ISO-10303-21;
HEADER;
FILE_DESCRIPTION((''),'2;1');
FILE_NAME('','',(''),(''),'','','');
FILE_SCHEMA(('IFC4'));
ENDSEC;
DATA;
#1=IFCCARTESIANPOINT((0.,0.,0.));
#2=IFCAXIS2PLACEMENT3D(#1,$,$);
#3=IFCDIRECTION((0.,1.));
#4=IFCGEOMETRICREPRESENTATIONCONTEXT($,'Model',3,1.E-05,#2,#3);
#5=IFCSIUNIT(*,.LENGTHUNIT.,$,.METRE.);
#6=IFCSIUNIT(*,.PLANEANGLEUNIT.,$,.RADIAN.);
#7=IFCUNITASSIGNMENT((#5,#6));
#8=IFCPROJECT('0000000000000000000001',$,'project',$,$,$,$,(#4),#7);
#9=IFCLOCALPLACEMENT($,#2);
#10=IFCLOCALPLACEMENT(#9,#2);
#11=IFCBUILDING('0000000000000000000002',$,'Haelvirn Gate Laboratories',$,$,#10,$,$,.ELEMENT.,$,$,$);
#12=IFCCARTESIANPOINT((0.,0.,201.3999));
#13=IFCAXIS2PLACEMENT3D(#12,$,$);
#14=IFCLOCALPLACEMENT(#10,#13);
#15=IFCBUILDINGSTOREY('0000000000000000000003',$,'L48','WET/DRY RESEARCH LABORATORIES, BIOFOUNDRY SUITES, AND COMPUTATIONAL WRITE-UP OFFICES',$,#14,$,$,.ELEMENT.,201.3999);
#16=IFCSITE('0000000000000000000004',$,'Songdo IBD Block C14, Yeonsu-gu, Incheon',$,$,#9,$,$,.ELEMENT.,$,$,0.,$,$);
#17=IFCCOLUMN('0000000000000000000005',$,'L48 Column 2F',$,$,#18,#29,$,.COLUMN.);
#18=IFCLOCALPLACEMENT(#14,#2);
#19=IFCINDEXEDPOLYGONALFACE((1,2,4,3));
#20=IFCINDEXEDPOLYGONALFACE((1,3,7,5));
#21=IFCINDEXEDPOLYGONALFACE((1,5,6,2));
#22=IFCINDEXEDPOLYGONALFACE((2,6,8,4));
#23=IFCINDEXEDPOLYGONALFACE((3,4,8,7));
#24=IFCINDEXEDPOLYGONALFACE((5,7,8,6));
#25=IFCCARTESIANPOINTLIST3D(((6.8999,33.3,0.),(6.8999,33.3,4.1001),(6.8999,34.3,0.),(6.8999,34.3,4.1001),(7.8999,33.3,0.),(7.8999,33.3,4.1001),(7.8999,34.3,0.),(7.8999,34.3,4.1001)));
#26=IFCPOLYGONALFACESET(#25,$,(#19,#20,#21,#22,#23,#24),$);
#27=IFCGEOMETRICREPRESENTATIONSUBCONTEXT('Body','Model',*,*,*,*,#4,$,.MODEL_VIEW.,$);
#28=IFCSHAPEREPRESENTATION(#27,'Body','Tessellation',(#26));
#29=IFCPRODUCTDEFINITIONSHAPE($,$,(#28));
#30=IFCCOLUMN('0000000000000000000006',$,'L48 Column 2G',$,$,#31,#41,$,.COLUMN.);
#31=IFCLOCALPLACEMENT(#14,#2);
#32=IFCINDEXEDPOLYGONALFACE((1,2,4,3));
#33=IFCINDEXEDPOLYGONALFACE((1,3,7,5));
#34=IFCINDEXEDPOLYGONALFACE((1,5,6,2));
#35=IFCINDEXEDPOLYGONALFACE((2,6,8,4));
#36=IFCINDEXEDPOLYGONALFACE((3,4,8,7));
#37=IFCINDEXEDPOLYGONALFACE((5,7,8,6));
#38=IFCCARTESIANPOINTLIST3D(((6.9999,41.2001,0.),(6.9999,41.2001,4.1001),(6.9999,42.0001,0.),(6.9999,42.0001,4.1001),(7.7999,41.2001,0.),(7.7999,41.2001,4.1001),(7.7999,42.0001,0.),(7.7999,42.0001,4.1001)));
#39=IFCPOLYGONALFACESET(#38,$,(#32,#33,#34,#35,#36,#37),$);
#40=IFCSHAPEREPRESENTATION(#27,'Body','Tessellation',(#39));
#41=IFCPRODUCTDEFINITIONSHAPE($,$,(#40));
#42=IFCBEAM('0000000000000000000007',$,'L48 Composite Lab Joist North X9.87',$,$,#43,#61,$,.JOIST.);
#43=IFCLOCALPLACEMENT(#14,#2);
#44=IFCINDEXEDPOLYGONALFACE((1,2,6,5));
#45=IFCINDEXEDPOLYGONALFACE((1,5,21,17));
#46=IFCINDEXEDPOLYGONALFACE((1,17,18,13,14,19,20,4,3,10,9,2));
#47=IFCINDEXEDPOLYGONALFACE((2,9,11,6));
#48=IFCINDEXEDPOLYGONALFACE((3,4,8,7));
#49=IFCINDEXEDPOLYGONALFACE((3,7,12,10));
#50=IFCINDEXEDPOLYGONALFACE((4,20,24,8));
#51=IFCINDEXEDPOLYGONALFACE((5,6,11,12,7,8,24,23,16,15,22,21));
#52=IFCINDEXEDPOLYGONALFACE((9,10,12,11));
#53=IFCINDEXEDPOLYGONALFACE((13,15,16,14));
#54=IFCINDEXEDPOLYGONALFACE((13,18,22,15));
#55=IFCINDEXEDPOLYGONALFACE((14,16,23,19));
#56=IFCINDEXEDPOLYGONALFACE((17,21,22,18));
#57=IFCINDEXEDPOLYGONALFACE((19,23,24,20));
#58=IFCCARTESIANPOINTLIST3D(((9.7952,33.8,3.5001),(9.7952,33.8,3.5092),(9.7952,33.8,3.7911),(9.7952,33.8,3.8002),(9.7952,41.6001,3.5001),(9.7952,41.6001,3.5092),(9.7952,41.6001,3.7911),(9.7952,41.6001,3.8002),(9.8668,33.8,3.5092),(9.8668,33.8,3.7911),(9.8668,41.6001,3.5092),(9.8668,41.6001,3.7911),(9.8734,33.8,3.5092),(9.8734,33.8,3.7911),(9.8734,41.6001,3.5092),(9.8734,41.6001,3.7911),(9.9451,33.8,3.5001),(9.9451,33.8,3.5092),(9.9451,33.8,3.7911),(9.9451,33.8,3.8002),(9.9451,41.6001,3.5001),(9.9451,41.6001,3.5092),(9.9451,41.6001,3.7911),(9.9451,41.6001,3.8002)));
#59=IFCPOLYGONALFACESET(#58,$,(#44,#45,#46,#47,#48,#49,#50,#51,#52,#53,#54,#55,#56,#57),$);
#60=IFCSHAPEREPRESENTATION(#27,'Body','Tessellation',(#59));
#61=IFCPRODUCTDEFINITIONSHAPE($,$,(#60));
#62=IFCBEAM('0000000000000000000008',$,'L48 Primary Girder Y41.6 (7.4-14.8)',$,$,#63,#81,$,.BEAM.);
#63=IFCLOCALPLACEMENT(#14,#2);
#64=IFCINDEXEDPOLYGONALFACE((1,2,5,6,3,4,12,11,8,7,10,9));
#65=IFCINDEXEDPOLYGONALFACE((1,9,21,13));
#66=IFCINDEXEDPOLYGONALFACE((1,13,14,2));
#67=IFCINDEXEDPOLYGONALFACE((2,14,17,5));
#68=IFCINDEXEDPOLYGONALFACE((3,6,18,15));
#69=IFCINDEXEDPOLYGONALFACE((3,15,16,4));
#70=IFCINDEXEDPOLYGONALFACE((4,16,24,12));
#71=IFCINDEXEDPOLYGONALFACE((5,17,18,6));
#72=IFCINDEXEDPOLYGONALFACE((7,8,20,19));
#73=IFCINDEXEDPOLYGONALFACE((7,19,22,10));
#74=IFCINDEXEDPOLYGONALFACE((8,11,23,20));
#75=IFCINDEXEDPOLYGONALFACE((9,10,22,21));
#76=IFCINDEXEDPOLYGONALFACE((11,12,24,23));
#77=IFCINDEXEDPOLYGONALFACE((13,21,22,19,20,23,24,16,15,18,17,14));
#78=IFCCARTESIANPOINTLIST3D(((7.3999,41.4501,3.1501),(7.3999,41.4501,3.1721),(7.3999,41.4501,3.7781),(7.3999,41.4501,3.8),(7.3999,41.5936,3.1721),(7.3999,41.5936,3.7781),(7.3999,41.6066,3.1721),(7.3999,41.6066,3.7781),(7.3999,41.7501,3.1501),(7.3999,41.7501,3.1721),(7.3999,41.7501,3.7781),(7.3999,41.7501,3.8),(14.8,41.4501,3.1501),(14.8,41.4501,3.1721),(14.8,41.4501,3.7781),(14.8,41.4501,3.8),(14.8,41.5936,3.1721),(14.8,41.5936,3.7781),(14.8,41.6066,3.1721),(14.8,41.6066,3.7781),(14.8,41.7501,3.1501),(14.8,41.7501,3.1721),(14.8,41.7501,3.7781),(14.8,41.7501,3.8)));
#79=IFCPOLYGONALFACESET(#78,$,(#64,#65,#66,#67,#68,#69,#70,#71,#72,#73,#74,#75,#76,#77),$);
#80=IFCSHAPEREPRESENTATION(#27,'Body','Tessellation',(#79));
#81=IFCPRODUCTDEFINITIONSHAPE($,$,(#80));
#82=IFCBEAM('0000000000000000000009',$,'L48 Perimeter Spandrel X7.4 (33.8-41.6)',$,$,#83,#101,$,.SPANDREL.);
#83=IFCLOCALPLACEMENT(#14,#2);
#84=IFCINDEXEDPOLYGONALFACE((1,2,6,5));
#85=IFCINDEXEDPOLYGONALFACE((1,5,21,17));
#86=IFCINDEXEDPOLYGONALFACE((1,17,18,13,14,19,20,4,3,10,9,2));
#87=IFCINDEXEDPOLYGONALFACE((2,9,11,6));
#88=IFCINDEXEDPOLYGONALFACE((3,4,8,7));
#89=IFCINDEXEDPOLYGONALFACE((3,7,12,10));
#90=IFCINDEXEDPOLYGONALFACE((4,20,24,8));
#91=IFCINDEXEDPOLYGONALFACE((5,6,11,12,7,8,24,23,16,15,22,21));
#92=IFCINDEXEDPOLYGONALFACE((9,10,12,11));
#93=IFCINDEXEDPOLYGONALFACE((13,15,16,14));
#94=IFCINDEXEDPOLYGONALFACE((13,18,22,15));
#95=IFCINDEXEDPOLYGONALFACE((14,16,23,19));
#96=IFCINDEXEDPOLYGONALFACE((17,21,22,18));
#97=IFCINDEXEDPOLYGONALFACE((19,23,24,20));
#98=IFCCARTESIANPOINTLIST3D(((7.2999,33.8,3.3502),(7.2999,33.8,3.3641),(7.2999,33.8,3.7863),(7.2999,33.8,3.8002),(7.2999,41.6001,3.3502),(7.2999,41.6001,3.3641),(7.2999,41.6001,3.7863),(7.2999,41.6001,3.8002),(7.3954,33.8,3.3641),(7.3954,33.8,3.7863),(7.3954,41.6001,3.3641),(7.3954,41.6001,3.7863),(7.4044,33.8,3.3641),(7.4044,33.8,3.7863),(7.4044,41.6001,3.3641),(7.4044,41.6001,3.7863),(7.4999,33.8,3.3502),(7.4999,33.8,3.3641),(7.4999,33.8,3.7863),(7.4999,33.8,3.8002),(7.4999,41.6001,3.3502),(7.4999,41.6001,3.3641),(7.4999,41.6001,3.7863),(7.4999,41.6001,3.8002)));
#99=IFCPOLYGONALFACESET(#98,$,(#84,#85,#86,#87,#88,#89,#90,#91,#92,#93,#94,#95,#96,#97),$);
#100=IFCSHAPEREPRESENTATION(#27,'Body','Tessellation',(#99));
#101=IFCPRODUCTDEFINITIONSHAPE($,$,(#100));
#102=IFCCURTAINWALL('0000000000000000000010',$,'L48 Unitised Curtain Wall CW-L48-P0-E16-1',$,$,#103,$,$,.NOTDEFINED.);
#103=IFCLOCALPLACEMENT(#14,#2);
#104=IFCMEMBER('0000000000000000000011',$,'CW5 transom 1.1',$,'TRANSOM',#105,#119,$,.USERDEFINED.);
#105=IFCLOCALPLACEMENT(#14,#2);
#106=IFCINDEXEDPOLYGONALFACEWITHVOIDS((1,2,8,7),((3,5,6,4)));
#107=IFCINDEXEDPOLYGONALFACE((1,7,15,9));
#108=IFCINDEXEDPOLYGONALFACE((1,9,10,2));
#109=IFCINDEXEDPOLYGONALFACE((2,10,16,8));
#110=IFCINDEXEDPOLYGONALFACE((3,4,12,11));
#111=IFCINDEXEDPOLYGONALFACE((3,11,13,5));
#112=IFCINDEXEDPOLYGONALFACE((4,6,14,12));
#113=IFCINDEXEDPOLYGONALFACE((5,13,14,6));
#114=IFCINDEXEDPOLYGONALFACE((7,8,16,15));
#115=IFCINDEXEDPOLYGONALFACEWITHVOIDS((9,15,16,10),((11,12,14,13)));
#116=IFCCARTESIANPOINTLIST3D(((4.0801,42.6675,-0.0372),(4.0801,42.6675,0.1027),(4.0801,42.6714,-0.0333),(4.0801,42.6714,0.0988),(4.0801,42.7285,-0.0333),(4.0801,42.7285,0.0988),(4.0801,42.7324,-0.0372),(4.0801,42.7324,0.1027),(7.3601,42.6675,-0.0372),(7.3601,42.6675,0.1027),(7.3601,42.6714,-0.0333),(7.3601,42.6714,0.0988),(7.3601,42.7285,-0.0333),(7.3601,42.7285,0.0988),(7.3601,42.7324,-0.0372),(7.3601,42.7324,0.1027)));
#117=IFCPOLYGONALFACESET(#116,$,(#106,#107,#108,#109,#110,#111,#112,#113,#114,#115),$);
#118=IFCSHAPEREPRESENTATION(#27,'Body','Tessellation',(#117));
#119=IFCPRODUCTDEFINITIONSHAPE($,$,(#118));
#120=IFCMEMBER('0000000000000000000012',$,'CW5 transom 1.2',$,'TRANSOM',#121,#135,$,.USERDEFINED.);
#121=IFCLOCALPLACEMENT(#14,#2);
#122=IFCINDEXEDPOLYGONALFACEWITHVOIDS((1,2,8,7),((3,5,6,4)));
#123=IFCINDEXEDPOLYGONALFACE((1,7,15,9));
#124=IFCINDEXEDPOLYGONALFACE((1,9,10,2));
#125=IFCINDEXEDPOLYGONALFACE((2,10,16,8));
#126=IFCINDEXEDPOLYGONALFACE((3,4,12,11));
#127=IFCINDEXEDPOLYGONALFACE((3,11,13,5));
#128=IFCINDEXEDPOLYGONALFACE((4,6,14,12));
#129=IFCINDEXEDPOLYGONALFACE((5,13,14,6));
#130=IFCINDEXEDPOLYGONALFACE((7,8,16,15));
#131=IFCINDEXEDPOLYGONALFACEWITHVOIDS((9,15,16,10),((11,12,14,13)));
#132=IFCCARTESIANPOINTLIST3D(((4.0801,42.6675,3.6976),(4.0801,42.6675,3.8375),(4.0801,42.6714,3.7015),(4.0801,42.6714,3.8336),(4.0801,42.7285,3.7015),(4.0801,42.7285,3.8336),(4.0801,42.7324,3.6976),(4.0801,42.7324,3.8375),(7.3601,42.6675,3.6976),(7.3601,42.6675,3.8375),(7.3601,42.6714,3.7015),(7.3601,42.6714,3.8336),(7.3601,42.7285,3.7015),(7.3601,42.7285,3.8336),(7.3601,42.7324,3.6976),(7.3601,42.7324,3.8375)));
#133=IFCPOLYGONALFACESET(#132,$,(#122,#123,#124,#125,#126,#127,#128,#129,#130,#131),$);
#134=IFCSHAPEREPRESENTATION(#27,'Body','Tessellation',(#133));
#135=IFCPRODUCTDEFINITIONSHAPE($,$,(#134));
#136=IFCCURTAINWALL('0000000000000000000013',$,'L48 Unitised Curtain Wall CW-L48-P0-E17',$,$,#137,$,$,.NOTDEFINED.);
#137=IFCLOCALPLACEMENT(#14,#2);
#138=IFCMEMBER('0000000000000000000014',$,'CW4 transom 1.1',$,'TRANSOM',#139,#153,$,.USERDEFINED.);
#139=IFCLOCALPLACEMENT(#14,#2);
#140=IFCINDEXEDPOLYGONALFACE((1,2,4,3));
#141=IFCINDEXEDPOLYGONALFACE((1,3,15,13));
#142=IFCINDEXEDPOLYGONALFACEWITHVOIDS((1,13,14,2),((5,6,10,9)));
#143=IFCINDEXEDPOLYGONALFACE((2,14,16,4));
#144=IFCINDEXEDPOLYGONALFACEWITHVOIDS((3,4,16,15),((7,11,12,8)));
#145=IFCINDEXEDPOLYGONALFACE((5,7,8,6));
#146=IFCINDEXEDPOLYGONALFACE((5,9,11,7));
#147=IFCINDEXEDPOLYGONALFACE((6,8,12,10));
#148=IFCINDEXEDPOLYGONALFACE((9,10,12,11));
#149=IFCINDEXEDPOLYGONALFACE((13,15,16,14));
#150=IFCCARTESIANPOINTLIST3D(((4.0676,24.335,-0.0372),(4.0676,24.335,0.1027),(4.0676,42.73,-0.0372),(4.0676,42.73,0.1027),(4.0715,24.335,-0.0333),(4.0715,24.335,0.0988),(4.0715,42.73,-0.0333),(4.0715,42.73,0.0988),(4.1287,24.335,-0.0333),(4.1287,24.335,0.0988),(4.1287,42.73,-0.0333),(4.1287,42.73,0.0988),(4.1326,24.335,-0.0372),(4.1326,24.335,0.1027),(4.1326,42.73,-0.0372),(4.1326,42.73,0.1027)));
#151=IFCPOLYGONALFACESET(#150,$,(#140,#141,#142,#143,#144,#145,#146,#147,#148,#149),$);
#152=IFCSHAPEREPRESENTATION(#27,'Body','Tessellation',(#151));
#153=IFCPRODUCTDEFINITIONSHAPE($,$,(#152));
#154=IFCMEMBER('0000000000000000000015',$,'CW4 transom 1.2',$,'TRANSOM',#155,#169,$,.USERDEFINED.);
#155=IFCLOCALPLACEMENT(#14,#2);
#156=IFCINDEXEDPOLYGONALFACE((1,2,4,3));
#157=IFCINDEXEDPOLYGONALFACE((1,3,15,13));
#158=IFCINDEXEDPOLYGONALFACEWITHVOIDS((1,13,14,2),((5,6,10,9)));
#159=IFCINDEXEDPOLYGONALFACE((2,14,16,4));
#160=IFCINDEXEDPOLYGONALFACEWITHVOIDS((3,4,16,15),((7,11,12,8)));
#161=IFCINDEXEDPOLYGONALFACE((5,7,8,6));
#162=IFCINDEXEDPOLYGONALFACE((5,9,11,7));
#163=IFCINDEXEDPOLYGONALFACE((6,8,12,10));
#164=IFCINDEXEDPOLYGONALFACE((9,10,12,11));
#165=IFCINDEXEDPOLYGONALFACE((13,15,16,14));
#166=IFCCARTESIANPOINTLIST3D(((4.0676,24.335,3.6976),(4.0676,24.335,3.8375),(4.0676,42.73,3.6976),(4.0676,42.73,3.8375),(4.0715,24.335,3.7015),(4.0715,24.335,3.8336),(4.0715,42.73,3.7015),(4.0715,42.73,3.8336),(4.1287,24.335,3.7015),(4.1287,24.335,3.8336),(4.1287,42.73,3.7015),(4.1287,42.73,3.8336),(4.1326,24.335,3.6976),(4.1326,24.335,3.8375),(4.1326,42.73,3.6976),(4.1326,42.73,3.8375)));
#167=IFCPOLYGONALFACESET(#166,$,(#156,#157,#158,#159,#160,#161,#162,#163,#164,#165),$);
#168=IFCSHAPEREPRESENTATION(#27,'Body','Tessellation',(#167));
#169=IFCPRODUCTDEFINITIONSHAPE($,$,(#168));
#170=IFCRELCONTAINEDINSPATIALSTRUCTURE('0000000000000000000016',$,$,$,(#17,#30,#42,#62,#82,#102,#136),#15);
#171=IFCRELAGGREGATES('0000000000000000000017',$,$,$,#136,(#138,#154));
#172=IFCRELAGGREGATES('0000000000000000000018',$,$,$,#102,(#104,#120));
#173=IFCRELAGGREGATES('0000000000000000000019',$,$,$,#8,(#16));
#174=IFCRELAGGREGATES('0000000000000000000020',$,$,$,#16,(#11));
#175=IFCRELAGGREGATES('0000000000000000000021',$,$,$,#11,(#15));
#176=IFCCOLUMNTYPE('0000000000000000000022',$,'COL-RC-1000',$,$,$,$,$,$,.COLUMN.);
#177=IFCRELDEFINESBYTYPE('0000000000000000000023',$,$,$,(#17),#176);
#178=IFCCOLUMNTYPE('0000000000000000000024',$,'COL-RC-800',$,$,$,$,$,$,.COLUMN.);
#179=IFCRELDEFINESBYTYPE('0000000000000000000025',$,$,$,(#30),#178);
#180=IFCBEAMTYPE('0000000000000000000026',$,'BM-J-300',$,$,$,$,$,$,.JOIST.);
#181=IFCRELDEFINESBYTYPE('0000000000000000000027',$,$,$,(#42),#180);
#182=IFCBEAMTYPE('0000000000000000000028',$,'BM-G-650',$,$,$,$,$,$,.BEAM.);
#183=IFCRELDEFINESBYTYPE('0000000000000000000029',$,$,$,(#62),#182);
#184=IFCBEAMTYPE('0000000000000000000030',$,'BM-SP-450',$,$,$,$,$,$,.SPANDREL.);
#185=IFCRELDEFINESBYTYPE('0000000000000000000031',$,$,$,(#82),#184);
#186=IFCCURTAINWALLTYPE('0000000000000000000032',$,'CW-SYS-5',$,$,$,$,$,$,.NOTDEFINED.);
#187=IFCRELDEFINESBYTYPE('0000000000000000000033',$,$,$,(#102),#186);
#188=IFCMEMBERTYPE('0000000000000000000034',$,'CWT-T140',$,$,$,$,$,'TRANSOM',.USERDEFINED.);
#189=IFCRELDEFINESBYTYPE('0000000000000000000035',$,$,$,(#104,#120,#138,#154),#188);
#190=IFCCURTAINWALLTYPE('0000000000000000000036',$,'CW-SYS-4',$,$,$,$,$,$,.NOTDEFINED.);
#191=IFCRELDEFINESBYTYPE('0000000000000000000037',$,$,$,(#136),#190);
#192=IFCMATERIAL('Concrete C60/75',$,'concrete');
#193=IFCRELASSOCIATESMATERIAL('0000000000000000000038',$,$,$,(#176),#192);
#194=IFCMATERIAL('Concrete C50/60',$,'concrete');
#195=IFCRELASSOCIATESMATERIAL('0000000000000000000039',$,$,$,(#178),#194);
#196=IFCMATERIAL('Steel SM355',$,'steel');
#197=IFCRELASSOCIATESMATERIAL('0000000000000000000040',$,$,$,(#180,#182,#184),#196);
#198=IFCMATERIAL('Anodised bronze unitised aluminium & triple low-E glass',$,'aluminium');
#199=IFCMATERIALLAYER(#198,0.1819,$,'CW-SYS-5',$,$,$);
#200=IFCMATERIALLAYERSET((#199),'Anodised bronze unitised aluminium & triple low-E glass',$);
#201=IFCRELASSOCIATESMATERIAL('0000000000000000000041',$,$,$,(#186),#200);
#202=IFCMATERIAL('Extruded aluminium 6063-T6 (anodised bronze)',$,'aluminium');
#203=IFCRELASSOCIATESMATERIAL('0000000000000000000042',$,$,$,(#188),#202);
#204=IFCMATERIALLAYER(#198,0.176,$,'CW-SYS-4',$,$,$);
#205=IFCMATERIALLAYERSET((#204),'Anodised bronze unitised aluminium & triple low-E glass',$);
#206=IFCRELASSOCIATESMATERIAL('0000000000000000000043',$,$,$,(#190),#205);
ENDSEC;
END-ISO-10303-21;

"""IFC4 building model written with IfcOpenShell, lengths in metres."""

from ifc_helpers import new_model, si_unit, direction, frame, origin, origin_2d, place, context, subcontext, project, spatial, rectangle, hollow_rectangle, i_section, extrude, source, transform, mapped, material, layer, layer_set, material_profile, profile_set, type_object, type_shapes, element, aggregate, save


model = new_model("IFC4")

# Units and contexts
model_context = context("Model", 3, precision=1e-05, world=origin(), true_north=direction((0.0, 1.0)))
body_context = subcontext(model_context, "Body", "Model", "MODEL_VIEW")
ifc_project = project(units=[si_unit("LENGTHUNIT", "METRE"), si_unit("PLANEANGLEUNIT", "RADIAN")], contexts=[model_context])

# Site, building, storey
site_placement = place(None, origin())
site = spatial("IfcSite", under=ifc_project, at=site_placement, Name="Songdo IBD Block C14, Yeonsu-gu, Incheon", CompositionType="ELEMENT", RefElevation=0.0)
building_placement = place(site_placement, origin())
building = spatial("IfcBuilding", under=site, at=building_placement, Name="Haelvirn Gate Laboratories", CompositionType="ELEMENT")
storey_placement = place(building_placement, frame((0.0, 0.0, 201.3999)))
storey = spatial("IfcBuildingStorey", under=building, at=storey_placement, Name="L48", Description="WET/DRY RESEARCH LABORATORIES, BIOFOUNDRY SUITES, AND COMPUTATIONAL WRITE-UP OFFICES", CompositionType="ELEMENT", Elevation=201.3999)

# Columns
ifc_material_1 = material(Name="Concrete C60/75", Category="concrete")
ifc_material_profile_1 = material_profile(ifc_material_1, rectangle(XDim=1.0, YDim=1.0, at=origin_2d()), Name="RC-1000x1000")
ifc_profile_set_1 = profile_set([ifc_material_profile_1], Name="Concrete C60/75")
column_type_1 = type_object("IfcColumnType", Name="COL-RC-1000", PredefinedType="COLUMN", material=ifc_profile_set_1)
shared_shape_1 = source(origin(), body_context, "Body", "SweptSolid", [
    extrude(rectangle(XDim=1.0, YDim=1.0, at=origin_2d()), origin(), (0.0, 0.0, 1.0), 4.1001),
])
type_shapes(column_type_1, [shared_shape_1])
column_1_placement = place(storey_placement, frame((7.3999, 33.8, 0.0), z_axis=(0.0, 0.0, 1.0), x_axis=(1.0, 0.0, 0.0)))
element("IfcColumn", 1, at=column_1_placement, inside=storey, type_object=column_type_1, Name="L48 Column 2F", PredefinedType="COLUMN", context=body_context, shape_type="MappedRepresentation", body=[
    mapped(shared_shape_1, transform((0.0, 0.0, 0.0), scale=1.0)),
])
ifc_material_2 = material(Name="Concrete C50/60", Category="concrete")
ifc_material_profile_2 = material_profile(ifc_material_2, rectangle(XDim=0.8, YDim=0.8, at=origin_2d()), Name="RC-800x800")
ifc_profile_set_2 = profile_set([ifc_material_profile_2], Name="Concrete C50/60")
column_type_2 = type_object("IfcColumnType", Name="COL-RC-800", PredefinedType="COLUMN", material=ifc_profile_set_2)
shared_shape_2 = source(origin(), body_context, "Body", "SweptSolid", [
    extrude(rectangle(XDim=0.8, YDim=0.8, at=origin_2d()), origin(), (0.0, 0.0, 1.0), 4.1001),
])
type_shapes(column_type_2, [shared_shape_2])
column_2_placement = place(storey_placement, frame((7.3999, 41.6001, 0.0), z_axis=(0.0, 0.0, 1.0), x_axis=(1.0, 0.0, 0.0)))
element("IfcColumn", 2, at=column_2_placement, inside=storey, type_object=column_type_2, Name="L48 Column 2G", PredefinedType="COLUMN", context=body_context, shape_type="MappedRepresentation", body=[
    mapped(shared_shape_2, transform((0.0, 0.0, 0.0), scale=1.0)),
])

# Beams
ifc_material_3 = material(Name="Steel SM355", Category="steel")
ifc_material_profile_3 = material_profile(ifc_material_3, i_section(OverallWidth=0.1499, OverallDepth=0.3, WebThickness=0.0066, FlangeThickness=0.009, at=origin_2d()), Name="H-300x150x6.5x9")
ifc_profile_set_3 = profile_set([ifc_material_profile_3], Name="Steel SM355")
beam_type_1 = type_object("IfcBeamType", Name="BM-J-300", PredefinedType="JOIST", material=ifc_profile_set_3)
shared_shape_3 = source(origin(), body_context, "Body", "SweptSolid", [
    extrude(i_section(OverallWidth=0.1499, OverallDepth=0.3, WebThickness=0.0066, FlangeThickness=0.009, at=origin_2d()), origin(), (0.0, 0.0, 1.0), 7.8),
])
type_shapes(beam_type_1, [shared_shape_3])
beam_1_placement = place(storey_placement, frame((9.8701, 33.8, 3.6501), z_axis=(0.0, 1.0, 0.0), x_axis=(-1.0, 0.0, 0.0)))
element("IfcBeam", 3, at=beam_1_placement, inside=storey, type_object=beam_type_1, Name="L48 Composite Lab Joist North X9.87", PredefinedType="JOIST", context=body_context, shape_type="MappedRepresentation", body=[
    mapped(shared_shape_3, transform((0.0, 0.0, 0.0), scale=1.0)),
])
ifc_material_profile_4 = material_profile(ifc_material_3, i_section(OverallWidth=0.3, OverallDepth=0.6499, WebThickness=0.0129, FlangeThickness=0.022, at=origin_2d()), Name="H-650x300x13x22")
ifc_profile_set_4 = profile_set([ifc_material_profile_4], Name="Steel SM355")
beam_type_2 = type_object("IfcBeamType", Name="BM-G-650", PredefinedType="BEAM", material=ifc_profile_set_4)
shared_shape_4 = source(origin(), body_context, "Body", "SweptSolid", [
    extrude(i_section(OverallWidth=0.3, OverallDepth=0.6499, WebThickness=0.0129, FlangeThickness=0.022, at=origin_2d()), origin(), (0.0, 0.0, 1.0), 7.4001),
])
type_shapes(beam_type_2, [shared_shape_4])
beam_2_placement = place(storey_placement, frame((7.3999, 41.6001, 3.4751), z_axis=(1.0, 0.0, 0.0), x_axis=(0.0, 1.0, 0.0)))
element("IfcBeam", 4, at=beam_2_placement, inside=storey, type_object=beam_type_2, Name="L48 Primary Girder Y41.6 (7.4-14.8)", PredefinedType="BEAM", context=body_context, shape_type="MappedRepresentation", body=[
    mapped(shared_shape_4, transform((0.0, 0.0, 0.0), scale=1.0)),
])
ifc_material_profile_5 = material_profile(ifc_material_3, i_section(OverallWidth=0.2, OverallDepth=0.45, WebThickness=0.009, FlangeThickness=0.0139, at=origin_2d()), Name="H-450x200x9x14")
ifc_profile_set_5 = profile_set([ifc_material_profile_5], Name="Steel SM355")
beam_type_3 = type_object("IfcBeamType", Name="BM-SP-450", PredefinedType="SPANDREL", material=ifc_profile_set_5)
shared_shape_5 = source(origin(), body_context, "Body", "SweptSolid", [
    extrude(i_section(OverallWidth=0.2, OverallDepth=0.45, WebThickness=0.009, FlangeThickness=0.0139, at=origin_2d()), origin(), (0.0, 0.0, 1.0), 7.8),
])
type_shapes(beam_type_3, [shared_shape_5])
beam_3_placement = place(storey_placement, frame((7.3999, 33.8, 3.5752), z_axis=(0.0, 1.0, 0.0), x_axis=(-1.0, 0.0, 0.0)))
element("IfcBeam", 5, at=beam_3_placement, inside=storey, type_object=beam_type_3, Name="L48 Perimeter Spandrel X7.4 (33.8-41.6)", PredefinedType="SPANDREL", context=body_context, shape_type="MappedRepresentation", body=[
    mapped(shared_shape_5, transform((0.0, 0.0, 0.0), scale=1.0)),
])

# Curtain walls, members
ifc_material_4 = material(Name="Anodised bronze unitised aluminium & triple low-E glass", Category="aluminium")
ifc_layer_1 = layer(ifc_material_4, 0.1819, Name="CW-SYS-5")
ifc_layer_set_1 = layer_set([ifc_layer_1], Name="Anodised bronze unitised aluminium & triple low-E glass")
curtain_wall_type_1 = type_object("IfcCurtainWallType", Name="CW-SYS-5", PredefinedType="NOTDEFINED", material=ifc_layer_set_1)
curtain_wall_1_placement = place(storey_placement, origin())
curtain_wall_1 = element("IfcCurtainWall", 6, at=curtain_wall_1_placement, inside=storey, type_object=curtain_wall_type_1, Name="L48 Unitised Curtain Wall CW-L48-P0-E16-1", PredefinedType="NOTDEFINED")
ifc_material_5 = material(Name="Extruded aluminium 6063-T6 (anodised bronze)", Category="aluminium")
ifc_material_profile_6 = material_profile(ifc_material_5, hollow_rectangle(XDim=0.0649, YDim=0.1399, WallThickness=0.0039, at=origin_2d()), Name="CWT-140x65x4")
ifc_profile_set_6 = profile_set([ifc_material_profile_6], Name="Extruded aluminium 6063-T6 (anodised bronze)")
member_type_1 = type_object("IfcMemberType", Name="CWT-T140", ElementType="TRANSOM", PredefinedType="USERDEFINED", material=ifc_profile_set_6)
shared_shape_6 = source(origin(), body_context, "Body", "SweptSolid", [
    extrude(hollow_rectangle(XDim=0.0649, YDim=0.1399, WallThickness=0.0039, at=origin_2d()), origin(), (0.0, 0.0, 1.0), 3.28),
])
member_1_placement = place(storey_placement, frame((4.0801, 42.7, 0.0327), z_axis=(1.0, 0.0, 0.0), x_axis=(0.0, 1.0, 0.0)))
member_1 = element("IfcMember", 7, at=member_1_placement, type_object=member_type_1, Name="CW5 transom 1.1", ObjectType="TRANSOM", PredefinedType="USERDEFINED", context=body_context, shape_type="MappedRepresentation", body=[
    mapped(shared_shape_6, transform((0.0, 0.0, 0.0), scale=1.0)),
])
member_2_placement = place(storey_placement, frame((4.0801, 42.7, 3.7676), z_axis=(1.0, 0.0, 0.0), x_axis=(0.0, 1.0, 0.0)))
member_2 = element("IfcMember", 8, at=member_2_placement, type_object=member_type_1, Name="CW5 transom 1.2", ObjectType="TRANSOM", PredefinedType="USERDEFINED", context=body_context, shape_type="MappedRepresentation", body=[
    mapped(shared_shape_6, transform((0.0, 0.0, 0.0), scale=1.0)),
])
ifc_layer_2 = layer(ifc_material_4, 0.176, Name="CW-SYS-4")
ifc_layer_set_2 = layer_set([ifc_layer_2], Name="Anodised bronze unitised aluminium & triple low-E glass")
curtain_wall_type_2 = type_object("IfcCurtainWallType", Name="CW-SYS-4", PredefinedType="NOTDEFINED", material=ifc_layer_set_2)
curtain_wall_2_placement = place(storey_placement, origin())
curtain_wall_2 = element("IfcCurtainWall", 9, at=curtain_wall_2_placement, inside=storey, type_object=curtain_wall_type_2, Name="L48 Unitised Curtain Wall CW-L48-P0-E17", PredefinedType="NOTDEFINED")
shared_shape_7 = source(origin(), body_context, "Body", "SweptSolid", [
    extrude(hollow_rectangle(XDim=0.0649, YDim=0.1399, WallThickness=0.0039, at=origin_2d()), origin(), (0.0, 0.0, 1.0), 18.395),
])
member_3_placement = place(storey_placement, frame((4.1001, 42.73, 0.0327), z_axis=(0.0, -1.0, 0.0), x_axis=(1.0, 0.0, 0.0)))
member_3 = element("IfcMember", 10, at=member_3_placement, type_object=member_type_1, Name="CW4 transom 1.1", ObjectType="TRANSOM", PredefinedType="USERDEFINED", context=body_context, shape_type="MappedRepresentation", body=[
    mapped(shared_shape_7, transform((0.0, 0.0, 0.0), scale=1.0)),
])
member_4_placement = place(storey_placement, frame((4.1001, 42.73, 3.7676), z_axis=(0.0, -1.0, 0.0), x_axis=(1.0, 0.0, 0.0)))
member_4 = element("IfcMember", 11, at=member_4_placement, type_object=member_type_1, Name="CW4 transom 1.2", ObjectType="TRANSOM", PredefinedType="USERDEFINED", context=body_context, shape_type="MappedRepresentation", body=[
    mapped(shared_shape_7, transform((0.0, 0.0, 0.0), scale=1.0)),
])

aggregate(curtain_wall_2, [member_3, member_4])

aggregate(curtain_wall_1, [member_1, member_2])

save(model, "model.ifc")
